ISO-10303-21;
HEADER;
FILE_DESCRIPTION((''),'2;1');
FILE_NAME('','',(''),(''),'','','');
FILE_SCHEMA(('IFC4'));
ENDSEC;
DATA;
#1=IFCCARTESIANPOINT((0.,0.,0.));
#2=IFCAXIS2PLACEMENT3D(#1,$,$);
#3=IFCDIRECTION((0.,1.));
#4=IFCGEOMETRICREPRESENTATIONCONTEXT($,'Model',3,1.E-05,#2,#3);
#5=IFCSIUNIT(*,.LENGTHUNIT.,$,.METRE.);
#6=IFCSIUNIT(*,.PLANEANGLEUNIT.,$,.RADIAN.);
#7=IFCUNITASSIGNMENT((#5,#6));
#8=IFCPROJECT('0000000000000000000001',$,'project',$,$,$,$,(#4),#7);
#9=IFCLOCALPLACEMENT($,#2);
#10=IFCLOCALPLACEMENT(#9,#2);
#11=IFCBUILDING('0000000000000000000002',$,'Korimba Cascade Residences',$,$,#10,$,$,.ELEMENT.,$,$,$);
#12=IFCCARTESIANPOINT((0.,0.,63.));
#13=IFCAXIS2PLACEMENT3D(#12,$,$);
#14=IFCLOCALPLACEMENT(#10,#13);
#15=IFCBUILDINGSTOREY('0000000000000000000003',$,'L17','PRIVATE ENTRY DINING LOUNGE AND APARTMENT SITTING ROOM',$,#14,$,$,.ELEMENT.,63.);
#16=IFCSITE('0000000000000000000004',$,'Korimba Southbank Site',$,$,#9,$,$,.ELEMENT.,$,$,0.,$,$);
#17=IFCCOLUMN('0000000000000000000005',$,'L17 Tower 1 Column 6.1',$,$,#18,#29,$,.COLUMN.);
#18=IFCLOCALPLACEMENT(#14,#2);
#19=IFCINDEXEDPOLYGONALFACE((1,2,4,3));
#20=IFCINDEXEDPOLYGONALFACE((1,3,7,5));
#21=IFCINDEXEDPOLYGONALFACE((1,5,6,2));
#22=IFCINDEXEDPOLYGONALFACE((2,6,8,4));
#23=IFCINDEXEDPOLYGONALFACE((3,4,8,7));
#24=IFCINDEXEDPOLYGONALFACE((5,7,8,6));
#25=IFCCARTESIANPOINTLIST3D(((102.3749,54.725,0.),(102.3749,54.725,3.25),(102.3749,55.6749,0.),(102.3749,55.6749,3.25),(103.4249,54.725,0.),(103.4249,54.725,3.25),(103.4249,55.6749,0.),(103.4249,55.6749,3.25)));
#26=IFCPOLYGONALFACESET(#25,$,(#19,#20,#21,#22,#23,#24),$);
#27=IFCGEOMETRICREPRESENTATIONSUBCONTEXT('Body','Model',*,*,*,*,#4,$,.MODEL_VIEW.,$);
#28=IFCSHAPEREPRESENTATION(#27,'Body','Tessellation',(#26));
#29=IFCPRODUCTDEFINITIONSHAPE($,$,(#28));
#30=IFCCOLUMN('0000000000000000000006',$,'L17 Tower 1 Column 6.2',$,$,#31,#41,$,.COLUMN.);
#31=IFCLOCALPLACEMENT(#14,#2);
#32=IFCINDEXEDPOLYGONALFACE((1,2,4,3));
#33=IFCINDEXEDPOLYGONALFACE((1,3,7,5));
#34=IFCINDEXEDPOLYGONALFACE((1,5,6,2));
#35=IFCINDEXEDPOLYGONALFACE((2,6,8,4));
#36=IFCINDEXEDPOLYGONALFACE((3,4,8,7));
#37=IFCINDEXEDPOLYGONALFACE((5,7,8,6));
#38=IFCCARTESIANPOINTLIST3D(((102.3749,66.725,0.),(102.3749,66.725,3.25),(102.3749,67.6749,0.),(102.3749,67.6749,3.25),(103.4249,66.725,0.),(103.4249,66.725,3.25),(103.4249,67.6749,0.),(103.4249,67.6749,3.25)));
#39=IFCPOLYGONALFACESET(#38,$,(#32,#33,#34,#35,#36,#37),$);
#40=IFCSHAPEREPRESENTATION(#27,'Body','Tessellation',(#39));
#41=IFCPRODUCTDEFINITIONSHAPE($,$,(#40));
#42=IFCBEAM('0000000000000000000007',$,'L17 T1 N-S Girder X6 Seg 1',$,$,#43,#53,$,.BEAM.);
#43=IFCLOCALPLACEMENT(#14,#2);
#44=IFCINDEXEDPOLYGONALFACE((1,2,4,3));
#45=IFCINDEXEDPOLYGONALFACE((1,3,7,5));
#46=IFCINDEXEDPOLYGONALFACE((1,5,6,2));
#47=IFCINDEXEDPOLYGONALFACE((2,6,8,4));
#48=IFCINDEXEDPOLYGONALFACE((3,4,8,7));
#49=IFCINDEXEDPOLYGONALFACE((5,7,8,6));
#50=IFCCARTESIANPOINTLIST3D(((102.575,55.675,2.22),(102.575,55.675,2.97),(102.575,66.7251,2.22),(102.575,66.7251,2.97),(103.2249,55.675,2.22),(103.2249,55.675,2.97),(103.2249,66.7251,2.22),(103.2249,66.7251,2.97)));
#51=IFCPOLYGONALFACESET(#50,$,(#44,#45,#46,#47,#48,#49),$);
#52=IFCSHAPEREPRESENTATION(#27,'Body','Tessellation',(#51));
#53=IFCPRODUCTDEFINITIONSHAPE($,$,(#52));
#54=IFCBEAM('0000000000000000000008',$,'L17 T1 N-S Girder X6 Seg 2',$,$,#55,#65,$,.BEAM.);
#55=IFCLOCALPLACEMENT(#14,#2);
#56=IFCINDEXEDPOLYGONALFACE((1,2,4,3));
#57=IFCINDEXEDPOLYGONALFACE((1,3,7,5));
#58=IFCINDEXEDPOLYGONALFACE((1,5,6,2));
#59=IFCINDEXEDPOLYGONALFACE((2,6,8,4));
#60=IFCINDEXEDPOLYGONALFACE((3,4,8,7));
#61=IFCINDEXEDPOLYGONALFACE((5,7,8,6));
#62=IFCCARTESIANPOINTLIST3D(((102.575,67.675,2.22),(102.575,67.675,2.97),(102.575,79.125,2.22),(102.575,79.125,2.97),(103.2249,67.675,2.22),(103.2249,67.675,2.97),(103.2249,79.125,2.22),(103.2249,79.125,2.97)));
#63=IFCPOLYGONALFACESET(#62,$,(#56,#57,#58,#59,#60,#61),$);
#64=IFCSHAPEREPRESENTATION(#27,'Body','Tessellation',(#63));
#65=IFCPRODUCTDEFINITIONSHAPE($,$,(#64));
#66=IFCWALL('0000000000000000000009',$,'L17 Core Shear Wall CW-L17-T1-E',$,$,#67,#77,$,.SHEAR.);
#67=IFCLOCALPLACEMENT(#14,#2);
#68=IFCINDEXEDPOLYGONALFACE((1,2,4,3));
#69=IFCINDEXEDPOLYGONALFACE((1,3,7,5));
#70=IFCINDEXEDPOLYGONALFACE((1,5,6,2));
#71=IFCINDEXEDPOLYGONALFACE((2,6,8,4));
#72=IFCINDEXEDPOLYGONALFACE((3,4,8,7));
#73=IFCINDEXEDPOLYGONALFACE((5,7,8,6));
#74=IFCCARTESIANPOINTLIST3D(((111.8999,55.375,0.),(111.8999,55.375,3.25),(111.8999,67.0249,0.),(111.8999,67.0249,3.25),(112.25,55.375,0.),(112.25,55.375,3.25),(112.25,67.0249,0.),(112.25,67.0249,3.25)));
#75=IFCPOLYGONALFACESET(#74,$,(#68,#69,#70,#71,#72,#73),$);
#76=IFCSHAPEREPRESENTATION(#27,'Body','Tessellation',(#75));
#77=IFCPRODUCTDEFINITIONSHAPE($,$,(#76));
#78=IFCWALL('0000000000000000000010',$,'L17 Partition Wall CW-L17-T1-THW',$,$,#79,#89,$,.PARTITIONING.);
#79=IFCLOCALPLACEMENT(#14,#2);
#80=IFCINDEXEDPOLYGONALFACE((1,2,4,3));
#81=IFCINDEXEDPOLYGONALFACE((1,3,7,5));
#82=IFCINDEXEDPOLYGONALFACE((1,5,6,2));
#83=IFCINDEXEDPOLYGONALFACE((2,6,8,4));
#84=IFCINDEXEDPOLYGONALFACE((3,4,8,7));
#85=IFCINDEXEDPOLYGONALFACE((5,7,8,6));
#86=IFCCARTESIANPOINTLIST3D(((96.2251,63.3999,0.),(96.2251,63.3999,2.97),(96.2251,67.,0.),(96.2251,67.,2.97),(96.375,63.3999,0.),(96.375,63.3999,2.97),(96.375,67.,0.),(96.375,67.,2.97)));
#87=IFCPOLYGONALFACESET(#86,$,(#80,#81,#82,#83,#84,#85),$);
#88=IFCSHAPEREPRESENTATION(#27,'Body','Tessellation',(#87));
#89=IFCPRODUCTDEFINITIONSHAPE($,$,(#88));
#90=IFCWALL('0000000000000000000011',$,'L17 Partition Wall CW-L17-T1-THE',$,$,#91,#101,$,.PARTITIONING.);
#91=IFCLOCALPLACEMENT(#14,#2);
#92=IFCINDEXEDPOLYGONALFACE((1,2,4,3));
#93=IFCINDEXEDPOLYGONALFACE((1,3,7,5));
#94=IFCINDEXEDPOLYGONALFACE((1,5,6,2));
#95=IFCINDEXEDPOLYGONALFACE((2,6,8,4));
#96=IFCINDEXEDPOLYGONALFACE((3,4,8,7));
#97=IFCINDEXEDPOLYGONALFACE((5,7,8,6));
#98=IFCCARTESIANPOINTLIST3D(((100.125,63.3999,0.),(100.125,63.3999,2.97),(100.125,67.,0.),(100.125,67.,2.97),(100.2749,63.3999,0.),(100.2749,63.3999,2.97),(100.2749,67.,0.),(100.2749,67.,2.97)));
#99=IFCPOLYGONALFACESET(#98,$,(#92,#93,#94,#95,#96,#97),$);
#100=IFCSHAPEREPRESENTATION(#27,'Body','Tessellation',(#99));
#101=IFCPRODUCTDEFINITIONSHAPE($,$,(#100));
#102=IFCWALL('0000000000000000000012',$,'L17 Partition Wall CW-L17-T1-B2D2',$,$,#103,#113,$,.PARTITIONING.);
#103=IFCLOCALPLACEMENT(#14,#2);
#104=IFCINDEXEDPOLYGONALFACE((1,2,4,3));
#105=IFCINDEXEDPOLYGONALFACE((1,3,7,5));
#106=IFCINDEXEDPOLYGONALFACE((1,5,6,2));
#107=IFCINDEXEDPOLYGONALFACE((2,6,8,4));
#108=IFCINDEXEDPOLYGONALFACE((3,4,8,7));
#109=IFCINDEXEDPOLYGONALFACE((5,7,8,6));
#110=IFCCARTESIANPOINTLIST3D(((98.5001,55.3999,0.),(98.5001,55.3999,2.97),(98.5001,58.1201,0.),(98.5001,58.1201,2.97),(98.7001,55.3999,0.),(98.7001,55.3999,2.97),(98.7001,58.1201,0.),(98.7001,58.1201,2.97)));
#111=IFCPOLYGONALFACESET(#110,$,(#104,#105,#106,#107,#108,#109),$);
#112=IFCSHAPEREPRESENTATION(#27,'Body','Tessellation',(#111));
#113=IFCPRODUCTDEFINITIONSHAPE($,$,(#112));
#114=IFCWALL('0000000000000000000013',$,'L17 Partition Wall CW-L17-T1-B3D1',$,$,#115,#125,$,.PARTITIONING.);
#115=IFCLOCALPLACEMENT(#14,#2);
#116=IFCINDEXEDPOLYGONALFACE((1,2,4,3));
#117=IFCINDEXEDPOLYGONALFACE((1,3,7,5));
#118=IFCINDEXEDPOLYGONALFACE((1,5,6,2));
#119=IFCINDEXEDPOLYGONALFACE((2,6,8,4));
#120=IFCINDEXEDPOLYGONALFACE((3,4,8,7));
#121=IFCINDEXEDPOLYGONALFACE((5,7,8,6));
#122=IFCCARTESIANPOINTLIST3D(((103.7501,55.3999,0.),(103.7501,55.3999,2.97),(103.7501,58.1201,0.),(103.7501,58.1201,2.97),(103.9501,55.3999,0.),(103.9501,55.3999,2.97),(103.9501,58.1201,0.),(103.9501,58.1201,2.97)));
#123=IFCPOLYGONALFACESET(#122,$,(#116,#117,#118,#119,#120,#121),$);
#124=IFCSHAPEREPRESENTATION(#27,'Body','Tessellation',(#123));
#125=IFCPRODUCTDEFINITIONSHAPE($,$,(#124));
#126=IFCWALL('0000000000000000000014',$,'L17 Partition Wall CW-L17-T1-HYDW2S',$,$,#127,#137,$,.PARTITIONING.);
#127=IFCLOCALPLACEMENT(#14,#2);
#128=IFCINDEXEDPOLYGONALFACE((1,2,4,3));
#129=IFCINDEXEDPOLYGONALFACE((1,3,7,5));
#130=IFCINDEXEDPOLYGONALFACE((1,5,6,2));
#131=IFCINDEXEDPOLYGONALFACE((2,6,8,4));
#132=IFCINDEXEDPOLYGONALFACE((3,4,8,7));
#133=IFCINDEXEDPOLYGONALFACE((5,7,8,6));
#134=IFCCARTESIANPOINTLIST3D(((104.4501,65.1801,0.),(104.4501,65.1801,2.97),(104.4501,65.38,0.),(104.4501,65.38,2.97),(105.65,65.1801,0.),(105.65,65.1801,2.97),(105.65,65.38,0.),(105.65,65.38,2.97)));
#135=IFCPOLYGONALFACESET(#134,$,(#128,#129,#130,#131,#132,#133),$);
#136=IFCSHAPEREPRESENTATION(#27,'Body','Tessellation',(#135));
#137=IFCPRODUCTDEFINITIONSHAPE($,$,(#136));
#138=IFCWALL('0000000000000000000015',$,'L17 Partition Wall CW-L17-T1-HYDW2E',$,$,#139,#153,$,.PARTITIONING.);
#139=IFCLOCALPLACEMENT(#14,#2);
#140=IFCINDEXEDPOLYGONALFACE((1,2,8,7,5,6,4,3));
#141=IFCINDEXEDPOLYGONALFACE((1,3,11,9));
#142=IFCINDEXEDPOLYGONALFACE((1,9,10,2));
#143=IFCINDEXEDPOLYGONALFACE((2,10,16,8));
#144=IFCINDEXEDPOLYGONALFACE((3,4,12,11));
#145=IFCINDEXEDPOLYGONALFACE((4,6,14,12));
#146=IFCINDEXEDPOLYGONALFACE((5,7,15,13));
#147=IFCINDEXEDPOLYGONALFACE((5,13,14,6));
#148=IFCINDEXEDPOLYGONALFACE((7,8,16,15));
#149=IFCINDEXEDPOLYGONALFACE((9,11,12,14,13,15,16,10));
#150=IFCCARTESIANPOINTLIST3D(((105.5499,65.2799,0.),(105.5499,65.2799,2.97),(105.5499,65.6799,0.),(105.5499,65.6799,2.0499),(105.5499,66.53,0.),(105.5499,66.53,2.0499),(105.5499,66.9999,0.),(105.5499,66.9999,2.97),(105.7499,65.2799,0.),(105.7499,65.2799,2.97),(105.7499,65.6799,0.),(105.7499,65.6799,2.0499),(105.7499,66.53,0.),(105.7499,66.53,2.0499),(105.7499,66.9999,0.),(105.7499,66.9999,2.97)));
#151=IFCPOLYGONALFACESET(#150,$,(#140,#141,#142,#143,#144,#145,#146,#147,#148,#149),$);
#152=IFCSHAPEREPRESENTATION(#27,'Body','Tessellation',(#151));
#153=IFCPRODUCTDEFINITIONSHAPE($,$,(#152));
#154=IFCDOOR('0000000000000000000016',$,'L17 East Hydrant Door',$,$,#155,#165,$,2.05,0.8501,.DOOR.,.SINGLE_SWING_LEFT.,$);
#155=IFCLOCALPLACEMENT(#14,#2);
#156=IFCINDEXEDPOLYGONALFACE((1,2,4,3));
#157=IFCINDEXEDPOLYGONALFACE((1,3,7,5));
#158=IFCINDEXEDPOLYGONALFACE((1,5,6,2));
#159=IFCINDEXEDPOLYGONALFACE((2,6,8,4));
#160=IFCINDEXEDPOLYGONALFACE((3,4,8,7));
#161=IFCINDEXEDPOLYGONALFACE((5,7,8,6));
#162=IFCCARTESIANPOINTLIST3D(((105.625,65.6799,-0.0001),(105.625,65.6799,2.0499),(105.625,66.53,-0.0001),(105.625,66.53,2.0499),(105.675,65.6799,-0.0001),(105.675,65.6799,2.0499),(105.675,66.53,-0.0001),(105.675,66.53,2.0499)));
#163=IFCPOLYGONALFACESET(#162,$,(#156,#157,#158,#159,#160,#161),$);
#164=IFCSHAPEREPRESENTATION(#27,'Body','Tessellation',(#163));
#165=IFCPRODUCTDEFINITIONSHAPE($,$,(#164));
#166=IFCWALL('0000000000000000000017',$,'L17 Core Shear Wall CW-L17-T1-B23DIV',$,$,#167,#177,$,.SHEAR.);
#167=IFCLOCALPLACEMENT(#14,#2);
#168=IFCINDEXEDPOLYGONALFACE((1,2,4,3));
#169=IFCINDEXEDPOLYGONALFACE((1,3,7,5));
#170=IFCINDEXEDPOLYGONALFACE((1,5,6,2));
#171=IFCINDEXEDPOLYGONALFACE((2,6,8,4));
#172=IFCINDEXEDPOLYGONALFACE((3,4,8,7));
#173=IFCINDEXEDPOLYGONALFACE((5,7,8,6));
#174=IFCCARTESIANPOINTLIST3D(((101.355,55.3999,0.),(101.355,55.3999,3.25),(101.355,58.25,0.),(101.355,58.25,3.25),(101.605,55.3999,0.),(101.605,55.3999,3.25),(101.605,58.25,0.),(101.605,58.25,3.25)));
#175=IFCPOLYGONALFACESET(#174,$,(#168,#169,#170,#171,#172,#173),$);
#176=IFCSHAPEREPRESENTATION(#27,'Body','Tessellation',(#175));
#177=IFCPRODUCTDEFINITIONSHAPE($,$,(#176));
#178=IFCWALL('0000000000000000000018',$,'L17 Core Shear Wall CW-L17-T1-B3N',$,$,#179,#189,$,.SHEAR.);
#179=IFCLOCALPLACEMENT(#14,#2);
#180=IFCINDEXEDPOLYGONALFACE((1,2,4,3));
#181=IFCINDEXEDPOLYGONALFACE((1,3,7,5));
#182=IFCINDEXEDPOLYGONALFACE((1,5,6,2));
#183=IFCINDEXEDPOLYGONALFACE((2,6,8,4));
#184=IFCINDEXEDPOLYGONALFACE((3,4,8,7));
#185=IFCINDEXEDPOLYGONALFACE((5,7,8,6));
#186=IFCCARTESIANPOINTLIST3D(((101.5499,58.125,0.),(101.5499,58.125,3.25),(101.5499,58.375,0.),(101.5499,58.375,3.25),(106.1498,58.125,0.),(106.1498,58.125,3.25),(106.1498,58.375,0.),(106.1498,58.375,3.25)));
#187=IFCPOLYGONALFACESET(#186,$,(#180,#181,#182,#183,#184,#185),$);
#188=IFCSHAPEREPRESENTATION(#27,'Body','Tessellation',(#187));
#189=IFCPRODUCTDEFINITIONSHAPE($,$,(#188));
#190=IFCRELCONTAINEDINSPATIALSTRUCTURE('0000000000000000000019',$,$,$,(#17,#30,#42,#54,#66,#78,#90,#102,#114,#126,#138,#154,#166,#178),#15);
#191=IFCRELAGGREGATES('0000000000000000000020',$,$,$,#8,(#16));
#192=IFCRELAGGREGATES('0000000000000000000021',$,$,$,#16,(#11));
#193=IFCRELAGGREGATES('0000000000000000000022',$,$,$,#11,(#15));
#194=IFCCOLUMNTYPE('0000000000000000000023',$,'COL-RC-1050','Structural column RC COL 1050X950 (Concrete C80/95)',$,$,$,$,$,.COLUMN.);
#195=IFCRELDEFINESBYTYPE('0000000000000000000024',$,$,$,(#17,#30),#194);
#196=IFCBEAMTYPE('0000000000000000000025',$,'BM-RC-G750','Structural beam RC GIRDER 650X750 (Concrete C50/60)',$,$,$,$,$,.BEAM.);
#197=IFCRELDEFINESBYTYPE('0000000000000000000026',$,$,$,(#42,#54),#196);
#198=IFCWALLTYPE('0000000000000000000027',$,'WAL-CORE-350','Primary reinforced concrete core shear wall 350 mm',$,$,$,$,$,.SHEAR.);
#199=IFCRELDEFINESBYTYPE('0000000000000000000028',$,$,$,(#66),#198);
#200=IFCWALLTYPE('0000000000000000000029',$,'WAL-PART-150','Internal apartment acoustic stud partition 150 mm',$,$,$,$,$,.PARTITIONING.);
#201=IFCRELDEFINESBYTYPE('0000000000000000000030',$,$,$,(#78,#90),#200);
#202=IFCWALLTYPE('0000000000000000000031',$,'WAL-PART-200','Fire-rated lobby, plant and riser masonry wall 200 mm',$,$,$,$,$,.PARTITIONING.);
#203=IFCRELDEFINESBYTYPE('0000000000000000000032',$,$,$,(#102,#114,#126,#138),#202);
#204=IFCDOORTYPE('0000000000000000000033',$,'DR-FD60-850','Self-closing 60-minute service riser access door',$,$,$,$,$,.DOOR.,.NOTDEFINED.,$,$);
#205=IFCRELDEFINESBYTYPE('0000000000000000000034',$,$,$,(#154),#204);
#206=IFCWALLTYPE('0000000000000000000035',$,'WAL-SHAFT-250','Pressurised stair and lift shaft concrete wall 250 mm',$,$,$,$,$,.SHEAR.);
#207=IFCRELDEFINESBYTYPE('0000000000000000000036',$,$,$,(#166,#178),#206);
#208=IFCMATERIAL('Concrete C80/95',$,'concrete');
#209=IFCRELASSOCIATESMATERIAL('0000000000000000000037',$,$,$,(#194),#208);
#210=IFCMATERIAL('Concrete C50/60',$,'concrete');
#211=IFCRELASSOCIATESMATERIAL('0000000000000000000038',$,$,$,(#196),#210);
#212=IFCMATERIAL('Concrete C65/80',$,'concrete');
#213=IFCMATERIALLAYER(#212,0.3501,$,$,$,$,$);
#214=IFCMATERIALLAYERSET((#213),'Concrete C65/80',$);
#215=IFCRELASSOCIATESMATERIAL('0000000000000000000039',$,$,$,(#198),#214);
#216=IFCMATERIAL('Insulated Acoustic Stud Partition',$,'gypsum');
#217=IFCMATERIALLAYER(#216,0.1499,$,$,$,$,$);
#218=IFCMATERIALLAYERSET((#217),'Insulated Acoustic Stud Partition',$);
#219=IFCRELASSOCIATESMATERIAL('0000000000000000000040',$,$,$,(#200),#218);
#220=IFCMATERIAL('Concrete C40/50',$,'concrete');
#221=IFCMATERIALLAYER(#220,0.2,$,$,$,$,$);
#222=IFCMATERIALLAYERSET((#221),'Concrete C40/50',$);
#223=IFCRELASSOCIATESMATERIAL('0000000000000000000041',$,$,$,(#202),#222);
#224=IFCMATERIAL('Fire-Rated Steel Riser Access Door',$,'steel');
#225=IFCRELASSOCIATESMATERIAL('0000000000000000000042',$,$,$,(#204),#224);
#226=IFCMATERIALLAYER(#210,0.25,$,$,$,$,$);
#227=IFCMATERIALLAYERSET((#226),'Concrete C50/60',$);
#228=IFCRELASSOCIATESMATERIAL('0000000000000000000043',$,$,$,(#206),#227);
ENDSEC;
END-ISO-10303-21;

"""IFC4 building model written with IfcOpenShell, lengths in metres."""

from ifc_helpers import new_model, si_unit, direction, frame, frame_2d, origin, origin_2d, place, context, subcontext, project, spatial, rectangle, extrude, material, layer, layer_set, material_profile, profile_set, type_object, element, fill, save


model = new_model("IFC4")

# Units and contexts
model_context = context("Model", 3, precision=1e-05, world=origin(), true_north=direction((0.0, 1.0)))
body_context = subcontext(model_context, "Body", "Model", "MODEL_VIEW")
ifc_project = project(units=[si_unit("LENGTHUNIT", "METRE"), si_unit("PLANEANGLEUNIT", "RADIAN")], contexts=[model_context])

# Site, building, storey
site_placement = place(None, origin())
site = spatial("IfcSite", under=ifc_project, at=site_placement, Name="Korimba Southbank Site", CompositionType="ELEMENT", RefElevation=0.0)
building_placement = place(site_placement, origin())
building = spatial("IfcBuilding", under=site, at=building_placement, Name="Korimba Cascade Residences", CompositionType="ELEMENT")
storey_placement = place(building_placement, frame((0.0, 0.0, 63.0)))
storey = spatial("IfcBuildingStorey", under=building, at=storey_placement, Name="L17", Description="PRIVATE ENTRY DINING LOUNGE AND APARTMENT SITTING ROOM", CompositionType="ELEMENT", Elevation=63.0)

# Columns
ifc_material_1 = material(Name="Concrete C80/95", Category="concrete")
ifc_material_profile_1 = material_profile(ifc_material_1, rectangle(XDim=1.05, YDim=0.95, at=origin_2d()), Name="Concrete C80/95")
ifc_profile_set_1 = profile_set([ifc_material_profile_1], Name="Concrete C80/95")
column_type = type_object("IfcColumnType", Name="COL-RC-1050", Description="Structural column RC COL 1050X950 (Concrete C80/95)", PredefinedType="COLUMN", material=ifc_profile_set_1)
for number, where, z_axis, x_axis, name in (
    (1, (102.8999, 55.2, 0.0), (0.0, 0.0, 1.0), (1.0, 0.0, 0.0), "L17 Tower 1 Column 6.1"),
    (2, (102.8999, 67.2, 0.0), (0.0, 0.0, 1.0), (1.0, 0.0, 0.0), "L17 Tower 1 Column 6.2"),
):
    element("IfcColumn", number, at=place(storey_placement, frame(where, z_axis=z_axis, x_axis=x_axis)), inside=storey, type_object=column_type, Name=name, PredefinedType="COLUMN", context=body_context, shape_type="SweptSolid", body=[
        extrude(rectangle(XDim=1.05, YDim=0.95, at=origin_2d()), origin(), (0.0, 0.0, 1.0), 3.25),
    ])

# Beams
ifc_material_2 = material(Name="Concrete C50/60", Category="concrete")
ifc_material_profile_2 = material_profile(ifc_material_2, rectangle(XDim=0.6499, YDim=0.75, at=origin_2d()), Name="Concrete C50/60")
ifc_profile_set_2 = profile_set([ifc_material_profile_2], Name="Concrete C50/60")
beam_type = type_object("IfcBeamType", Name="BM-RC-G750", Description="Structural beam RC GIRDER 650X750 (Concrete C50/60)", PredefinedType="BEAM", material=ifc_profile_set_2)
beam_1_placement = place(storey_placement, frame((102.8999, 55.675, 2.595), z_axis=(0.0, 1.0, 0.0), x_axis=(-1.0, 0.0, 0.0)))
element("IfcBeam", 3, at=beam_1_placement, inside=storey, type_object=beam_type, Name="L17 T1 N-S Girder X6 Seg 1", PredefinedType="BEAM", context=body_context, shape_type="SweptSolid", body=[
    extrude(rectangle(XDim=0.6499, YDim=0.75, at=origin_2d()), origin(), (0.0, 0.0, 1.0), 11.05),
])
beam_2_placement = place(storey_placement, frame((102.8999, 67.675, 2.595), z_axis=(0.0, 1.0, 0.0), x_axis=(-1.0, 0.0, 0.0)))
element("IfcBeam", 4, at=beam_2_placement, inside=storey, type_object=beam_type, Name="L17 T1 N-S Girder X6 Seg 2", PredefinedType="BEAM", context=body_context, shape_type="SweptSolid", body=[
    extrude(rectangle(XDim=0.6499, YDim=0.75, at=origin_2d()), origin(), (0.0, 0.0, 1.0), 11.45),
])

# Walls
ifc_material_3 = material(Name="Concrete C65/80", Category="concrete")
ifc_layer_1 = layer(ifc_material_3, 0.3501)
ifc_layer_set_1 = layer_set([ifc_layer_1], Name="Concrete C65/80")
wall_type_1 = type_object("IfcWallType", Name="WAL-CORE-350", Description="Primary reinforced concrete core shear wall 350 mm", PredefinedType="SHEAR", material=ifc_layer_set_1)
wall_1_placement = place(storey_placement, frame((112.075, 55.375, 0.0), z_axis=(0.0, 0.0, 1.0), x_axis=(0.0, 1.0, 0.0)))
element("IfcWall", 5, at=wall_1_placement, inside=storey, type_object=wall_type_1, Name="L17 Core Shear Wall CW-L17-T1-E", PredefinedType="SHEAR", context=body_context, shape_type="SweptSolid", body=[
    extrude(rectangle(XDim=11.6499, YDim=0.3501, at=frame_2d((5.825, 0.0))), origin(), (0.0, 0.0, 1.0), 3.25),
])
ifc_material_4 = material(Name="Insulated Acoustic Stud Partition", Category="gypsum")
ifc_layer_2 = layer(ifc_material_4, 0.1499)
ifc_layer_set_2 = layer_set([ifc_layer_2], Name="Insulated Acoustic Stud Partition")
wall_type_2 = type_object("IfcWallType", Name="WAL-PART-150", Description="Internal apartment acoustic stud partition 150 mm", PredefinedType="PARTITIONING", material=ifc_layer_set_2)
for number, where, z_axis, x_axis, name in (
    (6, (96.3, 63.3999, 0.0), (0.0, 0.0, 1.0), (0.0, 1.0, 0.0), "L17 Partition Wall CW-L17-T1-THW"),
    (7, (100.2, 63.3999, 0.0), (0.0, 0.0, 1.0), (0.0, 1.0, 0.0), "L17 Partition Wall CW-L17-T1-THE"),
):
    element("IfcWall", number, at=place(storey_placement, frame(where, z_axis=z_axis, x_axis=x_axis)), inside=storey, type_object=wall_type_2, Name=name, PredefinedType="PARTITIONING", context=body_context, shape_type="SweptSolid", body=[
        extrude(rectangle(XDim=3.6001, YDim=0.1499, at=frame_2d((1.8, 0.0))), origin(), (0.0, 0.0, 1.0), 2.97),
    ])
ifc_material_5 = material(Name="Concrete C40/50", Category="concrete")
ifc_layer_3 = layer(ifc_material_5, 0.2)
ifc_layer_set_3 = layer_set([ifc_layer_3], Name="Concrete C40/50")
wall_type_3 = type_object("IfcWallType", Name="WAL-PART-200", Description="Fire-rated lobby, plant and riser masonry wall 200 mm", PredefinedType="PARTITIONING", material=ifc_layer_set_3)
for number, where, z_axis, x_axis, name in (
    (8, (98.6001, 55.3999, 0.0), (0.0, 0.0, 1.0), (0.0, 1.0, 0.0), "L17 Partition Wall CW-L17-T1-B2D2"),
    (9, (103.8501, 55.3999, 0.0), (0.0, 0.0, 1.0), (0.0, 1.0, 0.0), "L17 Partition Wall CW-L17-T1-B3D1"),
):
    element("IfcWall", number, at=place(storey_placement, frame(where, z_axis=z_axis, x_axis=x_axis)), inside=storey, type_object=wall_type_3, Name=name, PredefinedType="PARTITIONING", context=body_context, shape_type="SweptSolid", body=[
        extrude(rectangle(XDim=2.7202, YDim=0.2, at=frame_2d((1.3601, 0.0))), origin(), (0.0, 0.0, 1.0), 2.97),
    ])
wall_2_placement = place(storey_placement, frame((104.45, 65.28, 0.0), z_axis=(0.0, 0.0, 1.0), x_axis=(1.0, 0.0, 0.0)))
element("IfcWall", 10, at=wall_2_placement, inside=storey, type_object=wall_type_3, Name="L17 Partition Wall CW-L17-T1-HYDW2S", PredefinedType="PARTITIONING", context=body_context, shape_type="SweptSolid", body=[
    extrude(rectangle(XDim=1.2, YDim=0.2, at=frame_2d((0.6001, 0.0))), origin(), (0.0, 0.0, 1.0), 2.97),
])

# Wall, opening, door
wall_3_placement = place(storey_placement, frame((105.6499, 65.28, 0.0), z_axis=(0.0, 0.0, 1.0), x_axis=(0.0, 1.0, 0.0)))
wall_3 = element("IfcWall", 11, at=wall_3_placement, inside=storey, type_object=wall_type_3, Name="L17 Partition Wall CW-L17-T1-HYDW2E", PredefinedType="PARTITIONING", context=body_context, shape_type="SweptSolid", body=[
    extrude(rectangle(XDim=1.72, YDim=0.2, at=frame_2d((0.8599, 0.0))), origin(), (0.0, 0.0, 1.0), 2.97),
])
opening_1_placement = place(wall_3_placement, frame((0.3999, 0.0, 0.0)))
opening_1 = element("IfcOpeningElement", 12, at=opening_1_placement, cuts=wall_3, PredefinedType="OPENING", context=body_context, shape_type="SweptSolid", body=[
    extrude(rectangle(XDim=0.8501, YDim=2.05, at=frame_2d((0.425, 1.0249))), frame((0.0, 0.1099, 0.0), z_axis=(0.0, -1.0, 0.0), x_axis=(1.0, 0.0, 0.0)), (0.0, 0.0, 1.0), 0.22),
])
ifc_material_6 = material(Name="Fire-Rated Steel Riser Access Door", Category="steel")
door_type_1 = type_object("IfcDoorType", Name="DR-FD60-850", Description="Self-closing 60-minute service riser access door", OperationType="NOTDEFINED", PredefinedType="DOOR", material=ifc_material_6)
door_1_placement = place(opening_1_placement, origin())
door_1 = element("IfcDoor", 13, at=door_1_placement, inside=storey, type_object=door_type_1, Name="L17 East Hydrant Door", OperationType="SINGLE_SWING_LEFT", OverallHeight=2.05, OverallWidth=0.8501, PredefinedType="DOOR", context=body_context, shape_type="SweptSolid", body=[
    extrude(rectangle(XDim=0.8501, YDim=2.05, at=frame_2d((0.425, 1.0249))), frame((0.0, 0.0249, 0.0), z_axis=(0.0, -1.0, 0.0), x_axis=(1.0, 0.0, 0.0)), (0.0, 0.0, 1.0), 0.05),
])
fill(opening_1, door_1)

# Walls
ifc_layer_4 = layer(ifc_material_2, 0.25)
ifc_layer_set_4 = layer_set([ifc_layer_4], Name="Concrete C50/60")
wall_type_4 = type_object("IfcWallType", Name="WAL-SHAFT-250", Description="Pressurised stair and lift shaft concrete wall 250 mm", PredefinedType="SHEAR", material=ifc_layer_set_4)
wall_4_placement = place(storey_placement, frame((101.48, 55.3999, 0.0), z_axis=(0.0, 0.0, 1.0), x_axis=(0.0, 1.0, 0.0)))
element("IfcWall", 14, at=wall_4_placement, inside=storey, type_object=wall_type_4, Name="L17 Core Shear Wall CW-L17-T1-B23DIV", PredefinedType="SHEAR", context=body_context, shape_type="SweptSolid", body=[
    extrude(rectangle(XDim=2.8501, YDim=0.25, at=frame_2d((1.425, 0.0))), origin(), (0.0, 0.0, 1.0), 3.25),
])
wall_5_placement = place(storey_placement, frame((101.55, 58.25, 0.0), z_axis=(0.0, 0.0, 1.0), x_axis=(1.0, 0.0, 0.0)))
element("IfcWall", 15, at=wall_5_placement, inside=storey, type_object=wall_type_4, Name="L17 Core Shear Wall CW-L17-T1-B3N", PredefinedType="SHEAR", context=body_context, shape_type="SweptSolid", body=[
    extrude(rectangle(XDim=4.5999, YDim=0.25, at=frame_2d((2.2998, 0.0))), origin(), (0.0, 0.0, 1.0), 3.25),
])

save(model, "model.ifc")
